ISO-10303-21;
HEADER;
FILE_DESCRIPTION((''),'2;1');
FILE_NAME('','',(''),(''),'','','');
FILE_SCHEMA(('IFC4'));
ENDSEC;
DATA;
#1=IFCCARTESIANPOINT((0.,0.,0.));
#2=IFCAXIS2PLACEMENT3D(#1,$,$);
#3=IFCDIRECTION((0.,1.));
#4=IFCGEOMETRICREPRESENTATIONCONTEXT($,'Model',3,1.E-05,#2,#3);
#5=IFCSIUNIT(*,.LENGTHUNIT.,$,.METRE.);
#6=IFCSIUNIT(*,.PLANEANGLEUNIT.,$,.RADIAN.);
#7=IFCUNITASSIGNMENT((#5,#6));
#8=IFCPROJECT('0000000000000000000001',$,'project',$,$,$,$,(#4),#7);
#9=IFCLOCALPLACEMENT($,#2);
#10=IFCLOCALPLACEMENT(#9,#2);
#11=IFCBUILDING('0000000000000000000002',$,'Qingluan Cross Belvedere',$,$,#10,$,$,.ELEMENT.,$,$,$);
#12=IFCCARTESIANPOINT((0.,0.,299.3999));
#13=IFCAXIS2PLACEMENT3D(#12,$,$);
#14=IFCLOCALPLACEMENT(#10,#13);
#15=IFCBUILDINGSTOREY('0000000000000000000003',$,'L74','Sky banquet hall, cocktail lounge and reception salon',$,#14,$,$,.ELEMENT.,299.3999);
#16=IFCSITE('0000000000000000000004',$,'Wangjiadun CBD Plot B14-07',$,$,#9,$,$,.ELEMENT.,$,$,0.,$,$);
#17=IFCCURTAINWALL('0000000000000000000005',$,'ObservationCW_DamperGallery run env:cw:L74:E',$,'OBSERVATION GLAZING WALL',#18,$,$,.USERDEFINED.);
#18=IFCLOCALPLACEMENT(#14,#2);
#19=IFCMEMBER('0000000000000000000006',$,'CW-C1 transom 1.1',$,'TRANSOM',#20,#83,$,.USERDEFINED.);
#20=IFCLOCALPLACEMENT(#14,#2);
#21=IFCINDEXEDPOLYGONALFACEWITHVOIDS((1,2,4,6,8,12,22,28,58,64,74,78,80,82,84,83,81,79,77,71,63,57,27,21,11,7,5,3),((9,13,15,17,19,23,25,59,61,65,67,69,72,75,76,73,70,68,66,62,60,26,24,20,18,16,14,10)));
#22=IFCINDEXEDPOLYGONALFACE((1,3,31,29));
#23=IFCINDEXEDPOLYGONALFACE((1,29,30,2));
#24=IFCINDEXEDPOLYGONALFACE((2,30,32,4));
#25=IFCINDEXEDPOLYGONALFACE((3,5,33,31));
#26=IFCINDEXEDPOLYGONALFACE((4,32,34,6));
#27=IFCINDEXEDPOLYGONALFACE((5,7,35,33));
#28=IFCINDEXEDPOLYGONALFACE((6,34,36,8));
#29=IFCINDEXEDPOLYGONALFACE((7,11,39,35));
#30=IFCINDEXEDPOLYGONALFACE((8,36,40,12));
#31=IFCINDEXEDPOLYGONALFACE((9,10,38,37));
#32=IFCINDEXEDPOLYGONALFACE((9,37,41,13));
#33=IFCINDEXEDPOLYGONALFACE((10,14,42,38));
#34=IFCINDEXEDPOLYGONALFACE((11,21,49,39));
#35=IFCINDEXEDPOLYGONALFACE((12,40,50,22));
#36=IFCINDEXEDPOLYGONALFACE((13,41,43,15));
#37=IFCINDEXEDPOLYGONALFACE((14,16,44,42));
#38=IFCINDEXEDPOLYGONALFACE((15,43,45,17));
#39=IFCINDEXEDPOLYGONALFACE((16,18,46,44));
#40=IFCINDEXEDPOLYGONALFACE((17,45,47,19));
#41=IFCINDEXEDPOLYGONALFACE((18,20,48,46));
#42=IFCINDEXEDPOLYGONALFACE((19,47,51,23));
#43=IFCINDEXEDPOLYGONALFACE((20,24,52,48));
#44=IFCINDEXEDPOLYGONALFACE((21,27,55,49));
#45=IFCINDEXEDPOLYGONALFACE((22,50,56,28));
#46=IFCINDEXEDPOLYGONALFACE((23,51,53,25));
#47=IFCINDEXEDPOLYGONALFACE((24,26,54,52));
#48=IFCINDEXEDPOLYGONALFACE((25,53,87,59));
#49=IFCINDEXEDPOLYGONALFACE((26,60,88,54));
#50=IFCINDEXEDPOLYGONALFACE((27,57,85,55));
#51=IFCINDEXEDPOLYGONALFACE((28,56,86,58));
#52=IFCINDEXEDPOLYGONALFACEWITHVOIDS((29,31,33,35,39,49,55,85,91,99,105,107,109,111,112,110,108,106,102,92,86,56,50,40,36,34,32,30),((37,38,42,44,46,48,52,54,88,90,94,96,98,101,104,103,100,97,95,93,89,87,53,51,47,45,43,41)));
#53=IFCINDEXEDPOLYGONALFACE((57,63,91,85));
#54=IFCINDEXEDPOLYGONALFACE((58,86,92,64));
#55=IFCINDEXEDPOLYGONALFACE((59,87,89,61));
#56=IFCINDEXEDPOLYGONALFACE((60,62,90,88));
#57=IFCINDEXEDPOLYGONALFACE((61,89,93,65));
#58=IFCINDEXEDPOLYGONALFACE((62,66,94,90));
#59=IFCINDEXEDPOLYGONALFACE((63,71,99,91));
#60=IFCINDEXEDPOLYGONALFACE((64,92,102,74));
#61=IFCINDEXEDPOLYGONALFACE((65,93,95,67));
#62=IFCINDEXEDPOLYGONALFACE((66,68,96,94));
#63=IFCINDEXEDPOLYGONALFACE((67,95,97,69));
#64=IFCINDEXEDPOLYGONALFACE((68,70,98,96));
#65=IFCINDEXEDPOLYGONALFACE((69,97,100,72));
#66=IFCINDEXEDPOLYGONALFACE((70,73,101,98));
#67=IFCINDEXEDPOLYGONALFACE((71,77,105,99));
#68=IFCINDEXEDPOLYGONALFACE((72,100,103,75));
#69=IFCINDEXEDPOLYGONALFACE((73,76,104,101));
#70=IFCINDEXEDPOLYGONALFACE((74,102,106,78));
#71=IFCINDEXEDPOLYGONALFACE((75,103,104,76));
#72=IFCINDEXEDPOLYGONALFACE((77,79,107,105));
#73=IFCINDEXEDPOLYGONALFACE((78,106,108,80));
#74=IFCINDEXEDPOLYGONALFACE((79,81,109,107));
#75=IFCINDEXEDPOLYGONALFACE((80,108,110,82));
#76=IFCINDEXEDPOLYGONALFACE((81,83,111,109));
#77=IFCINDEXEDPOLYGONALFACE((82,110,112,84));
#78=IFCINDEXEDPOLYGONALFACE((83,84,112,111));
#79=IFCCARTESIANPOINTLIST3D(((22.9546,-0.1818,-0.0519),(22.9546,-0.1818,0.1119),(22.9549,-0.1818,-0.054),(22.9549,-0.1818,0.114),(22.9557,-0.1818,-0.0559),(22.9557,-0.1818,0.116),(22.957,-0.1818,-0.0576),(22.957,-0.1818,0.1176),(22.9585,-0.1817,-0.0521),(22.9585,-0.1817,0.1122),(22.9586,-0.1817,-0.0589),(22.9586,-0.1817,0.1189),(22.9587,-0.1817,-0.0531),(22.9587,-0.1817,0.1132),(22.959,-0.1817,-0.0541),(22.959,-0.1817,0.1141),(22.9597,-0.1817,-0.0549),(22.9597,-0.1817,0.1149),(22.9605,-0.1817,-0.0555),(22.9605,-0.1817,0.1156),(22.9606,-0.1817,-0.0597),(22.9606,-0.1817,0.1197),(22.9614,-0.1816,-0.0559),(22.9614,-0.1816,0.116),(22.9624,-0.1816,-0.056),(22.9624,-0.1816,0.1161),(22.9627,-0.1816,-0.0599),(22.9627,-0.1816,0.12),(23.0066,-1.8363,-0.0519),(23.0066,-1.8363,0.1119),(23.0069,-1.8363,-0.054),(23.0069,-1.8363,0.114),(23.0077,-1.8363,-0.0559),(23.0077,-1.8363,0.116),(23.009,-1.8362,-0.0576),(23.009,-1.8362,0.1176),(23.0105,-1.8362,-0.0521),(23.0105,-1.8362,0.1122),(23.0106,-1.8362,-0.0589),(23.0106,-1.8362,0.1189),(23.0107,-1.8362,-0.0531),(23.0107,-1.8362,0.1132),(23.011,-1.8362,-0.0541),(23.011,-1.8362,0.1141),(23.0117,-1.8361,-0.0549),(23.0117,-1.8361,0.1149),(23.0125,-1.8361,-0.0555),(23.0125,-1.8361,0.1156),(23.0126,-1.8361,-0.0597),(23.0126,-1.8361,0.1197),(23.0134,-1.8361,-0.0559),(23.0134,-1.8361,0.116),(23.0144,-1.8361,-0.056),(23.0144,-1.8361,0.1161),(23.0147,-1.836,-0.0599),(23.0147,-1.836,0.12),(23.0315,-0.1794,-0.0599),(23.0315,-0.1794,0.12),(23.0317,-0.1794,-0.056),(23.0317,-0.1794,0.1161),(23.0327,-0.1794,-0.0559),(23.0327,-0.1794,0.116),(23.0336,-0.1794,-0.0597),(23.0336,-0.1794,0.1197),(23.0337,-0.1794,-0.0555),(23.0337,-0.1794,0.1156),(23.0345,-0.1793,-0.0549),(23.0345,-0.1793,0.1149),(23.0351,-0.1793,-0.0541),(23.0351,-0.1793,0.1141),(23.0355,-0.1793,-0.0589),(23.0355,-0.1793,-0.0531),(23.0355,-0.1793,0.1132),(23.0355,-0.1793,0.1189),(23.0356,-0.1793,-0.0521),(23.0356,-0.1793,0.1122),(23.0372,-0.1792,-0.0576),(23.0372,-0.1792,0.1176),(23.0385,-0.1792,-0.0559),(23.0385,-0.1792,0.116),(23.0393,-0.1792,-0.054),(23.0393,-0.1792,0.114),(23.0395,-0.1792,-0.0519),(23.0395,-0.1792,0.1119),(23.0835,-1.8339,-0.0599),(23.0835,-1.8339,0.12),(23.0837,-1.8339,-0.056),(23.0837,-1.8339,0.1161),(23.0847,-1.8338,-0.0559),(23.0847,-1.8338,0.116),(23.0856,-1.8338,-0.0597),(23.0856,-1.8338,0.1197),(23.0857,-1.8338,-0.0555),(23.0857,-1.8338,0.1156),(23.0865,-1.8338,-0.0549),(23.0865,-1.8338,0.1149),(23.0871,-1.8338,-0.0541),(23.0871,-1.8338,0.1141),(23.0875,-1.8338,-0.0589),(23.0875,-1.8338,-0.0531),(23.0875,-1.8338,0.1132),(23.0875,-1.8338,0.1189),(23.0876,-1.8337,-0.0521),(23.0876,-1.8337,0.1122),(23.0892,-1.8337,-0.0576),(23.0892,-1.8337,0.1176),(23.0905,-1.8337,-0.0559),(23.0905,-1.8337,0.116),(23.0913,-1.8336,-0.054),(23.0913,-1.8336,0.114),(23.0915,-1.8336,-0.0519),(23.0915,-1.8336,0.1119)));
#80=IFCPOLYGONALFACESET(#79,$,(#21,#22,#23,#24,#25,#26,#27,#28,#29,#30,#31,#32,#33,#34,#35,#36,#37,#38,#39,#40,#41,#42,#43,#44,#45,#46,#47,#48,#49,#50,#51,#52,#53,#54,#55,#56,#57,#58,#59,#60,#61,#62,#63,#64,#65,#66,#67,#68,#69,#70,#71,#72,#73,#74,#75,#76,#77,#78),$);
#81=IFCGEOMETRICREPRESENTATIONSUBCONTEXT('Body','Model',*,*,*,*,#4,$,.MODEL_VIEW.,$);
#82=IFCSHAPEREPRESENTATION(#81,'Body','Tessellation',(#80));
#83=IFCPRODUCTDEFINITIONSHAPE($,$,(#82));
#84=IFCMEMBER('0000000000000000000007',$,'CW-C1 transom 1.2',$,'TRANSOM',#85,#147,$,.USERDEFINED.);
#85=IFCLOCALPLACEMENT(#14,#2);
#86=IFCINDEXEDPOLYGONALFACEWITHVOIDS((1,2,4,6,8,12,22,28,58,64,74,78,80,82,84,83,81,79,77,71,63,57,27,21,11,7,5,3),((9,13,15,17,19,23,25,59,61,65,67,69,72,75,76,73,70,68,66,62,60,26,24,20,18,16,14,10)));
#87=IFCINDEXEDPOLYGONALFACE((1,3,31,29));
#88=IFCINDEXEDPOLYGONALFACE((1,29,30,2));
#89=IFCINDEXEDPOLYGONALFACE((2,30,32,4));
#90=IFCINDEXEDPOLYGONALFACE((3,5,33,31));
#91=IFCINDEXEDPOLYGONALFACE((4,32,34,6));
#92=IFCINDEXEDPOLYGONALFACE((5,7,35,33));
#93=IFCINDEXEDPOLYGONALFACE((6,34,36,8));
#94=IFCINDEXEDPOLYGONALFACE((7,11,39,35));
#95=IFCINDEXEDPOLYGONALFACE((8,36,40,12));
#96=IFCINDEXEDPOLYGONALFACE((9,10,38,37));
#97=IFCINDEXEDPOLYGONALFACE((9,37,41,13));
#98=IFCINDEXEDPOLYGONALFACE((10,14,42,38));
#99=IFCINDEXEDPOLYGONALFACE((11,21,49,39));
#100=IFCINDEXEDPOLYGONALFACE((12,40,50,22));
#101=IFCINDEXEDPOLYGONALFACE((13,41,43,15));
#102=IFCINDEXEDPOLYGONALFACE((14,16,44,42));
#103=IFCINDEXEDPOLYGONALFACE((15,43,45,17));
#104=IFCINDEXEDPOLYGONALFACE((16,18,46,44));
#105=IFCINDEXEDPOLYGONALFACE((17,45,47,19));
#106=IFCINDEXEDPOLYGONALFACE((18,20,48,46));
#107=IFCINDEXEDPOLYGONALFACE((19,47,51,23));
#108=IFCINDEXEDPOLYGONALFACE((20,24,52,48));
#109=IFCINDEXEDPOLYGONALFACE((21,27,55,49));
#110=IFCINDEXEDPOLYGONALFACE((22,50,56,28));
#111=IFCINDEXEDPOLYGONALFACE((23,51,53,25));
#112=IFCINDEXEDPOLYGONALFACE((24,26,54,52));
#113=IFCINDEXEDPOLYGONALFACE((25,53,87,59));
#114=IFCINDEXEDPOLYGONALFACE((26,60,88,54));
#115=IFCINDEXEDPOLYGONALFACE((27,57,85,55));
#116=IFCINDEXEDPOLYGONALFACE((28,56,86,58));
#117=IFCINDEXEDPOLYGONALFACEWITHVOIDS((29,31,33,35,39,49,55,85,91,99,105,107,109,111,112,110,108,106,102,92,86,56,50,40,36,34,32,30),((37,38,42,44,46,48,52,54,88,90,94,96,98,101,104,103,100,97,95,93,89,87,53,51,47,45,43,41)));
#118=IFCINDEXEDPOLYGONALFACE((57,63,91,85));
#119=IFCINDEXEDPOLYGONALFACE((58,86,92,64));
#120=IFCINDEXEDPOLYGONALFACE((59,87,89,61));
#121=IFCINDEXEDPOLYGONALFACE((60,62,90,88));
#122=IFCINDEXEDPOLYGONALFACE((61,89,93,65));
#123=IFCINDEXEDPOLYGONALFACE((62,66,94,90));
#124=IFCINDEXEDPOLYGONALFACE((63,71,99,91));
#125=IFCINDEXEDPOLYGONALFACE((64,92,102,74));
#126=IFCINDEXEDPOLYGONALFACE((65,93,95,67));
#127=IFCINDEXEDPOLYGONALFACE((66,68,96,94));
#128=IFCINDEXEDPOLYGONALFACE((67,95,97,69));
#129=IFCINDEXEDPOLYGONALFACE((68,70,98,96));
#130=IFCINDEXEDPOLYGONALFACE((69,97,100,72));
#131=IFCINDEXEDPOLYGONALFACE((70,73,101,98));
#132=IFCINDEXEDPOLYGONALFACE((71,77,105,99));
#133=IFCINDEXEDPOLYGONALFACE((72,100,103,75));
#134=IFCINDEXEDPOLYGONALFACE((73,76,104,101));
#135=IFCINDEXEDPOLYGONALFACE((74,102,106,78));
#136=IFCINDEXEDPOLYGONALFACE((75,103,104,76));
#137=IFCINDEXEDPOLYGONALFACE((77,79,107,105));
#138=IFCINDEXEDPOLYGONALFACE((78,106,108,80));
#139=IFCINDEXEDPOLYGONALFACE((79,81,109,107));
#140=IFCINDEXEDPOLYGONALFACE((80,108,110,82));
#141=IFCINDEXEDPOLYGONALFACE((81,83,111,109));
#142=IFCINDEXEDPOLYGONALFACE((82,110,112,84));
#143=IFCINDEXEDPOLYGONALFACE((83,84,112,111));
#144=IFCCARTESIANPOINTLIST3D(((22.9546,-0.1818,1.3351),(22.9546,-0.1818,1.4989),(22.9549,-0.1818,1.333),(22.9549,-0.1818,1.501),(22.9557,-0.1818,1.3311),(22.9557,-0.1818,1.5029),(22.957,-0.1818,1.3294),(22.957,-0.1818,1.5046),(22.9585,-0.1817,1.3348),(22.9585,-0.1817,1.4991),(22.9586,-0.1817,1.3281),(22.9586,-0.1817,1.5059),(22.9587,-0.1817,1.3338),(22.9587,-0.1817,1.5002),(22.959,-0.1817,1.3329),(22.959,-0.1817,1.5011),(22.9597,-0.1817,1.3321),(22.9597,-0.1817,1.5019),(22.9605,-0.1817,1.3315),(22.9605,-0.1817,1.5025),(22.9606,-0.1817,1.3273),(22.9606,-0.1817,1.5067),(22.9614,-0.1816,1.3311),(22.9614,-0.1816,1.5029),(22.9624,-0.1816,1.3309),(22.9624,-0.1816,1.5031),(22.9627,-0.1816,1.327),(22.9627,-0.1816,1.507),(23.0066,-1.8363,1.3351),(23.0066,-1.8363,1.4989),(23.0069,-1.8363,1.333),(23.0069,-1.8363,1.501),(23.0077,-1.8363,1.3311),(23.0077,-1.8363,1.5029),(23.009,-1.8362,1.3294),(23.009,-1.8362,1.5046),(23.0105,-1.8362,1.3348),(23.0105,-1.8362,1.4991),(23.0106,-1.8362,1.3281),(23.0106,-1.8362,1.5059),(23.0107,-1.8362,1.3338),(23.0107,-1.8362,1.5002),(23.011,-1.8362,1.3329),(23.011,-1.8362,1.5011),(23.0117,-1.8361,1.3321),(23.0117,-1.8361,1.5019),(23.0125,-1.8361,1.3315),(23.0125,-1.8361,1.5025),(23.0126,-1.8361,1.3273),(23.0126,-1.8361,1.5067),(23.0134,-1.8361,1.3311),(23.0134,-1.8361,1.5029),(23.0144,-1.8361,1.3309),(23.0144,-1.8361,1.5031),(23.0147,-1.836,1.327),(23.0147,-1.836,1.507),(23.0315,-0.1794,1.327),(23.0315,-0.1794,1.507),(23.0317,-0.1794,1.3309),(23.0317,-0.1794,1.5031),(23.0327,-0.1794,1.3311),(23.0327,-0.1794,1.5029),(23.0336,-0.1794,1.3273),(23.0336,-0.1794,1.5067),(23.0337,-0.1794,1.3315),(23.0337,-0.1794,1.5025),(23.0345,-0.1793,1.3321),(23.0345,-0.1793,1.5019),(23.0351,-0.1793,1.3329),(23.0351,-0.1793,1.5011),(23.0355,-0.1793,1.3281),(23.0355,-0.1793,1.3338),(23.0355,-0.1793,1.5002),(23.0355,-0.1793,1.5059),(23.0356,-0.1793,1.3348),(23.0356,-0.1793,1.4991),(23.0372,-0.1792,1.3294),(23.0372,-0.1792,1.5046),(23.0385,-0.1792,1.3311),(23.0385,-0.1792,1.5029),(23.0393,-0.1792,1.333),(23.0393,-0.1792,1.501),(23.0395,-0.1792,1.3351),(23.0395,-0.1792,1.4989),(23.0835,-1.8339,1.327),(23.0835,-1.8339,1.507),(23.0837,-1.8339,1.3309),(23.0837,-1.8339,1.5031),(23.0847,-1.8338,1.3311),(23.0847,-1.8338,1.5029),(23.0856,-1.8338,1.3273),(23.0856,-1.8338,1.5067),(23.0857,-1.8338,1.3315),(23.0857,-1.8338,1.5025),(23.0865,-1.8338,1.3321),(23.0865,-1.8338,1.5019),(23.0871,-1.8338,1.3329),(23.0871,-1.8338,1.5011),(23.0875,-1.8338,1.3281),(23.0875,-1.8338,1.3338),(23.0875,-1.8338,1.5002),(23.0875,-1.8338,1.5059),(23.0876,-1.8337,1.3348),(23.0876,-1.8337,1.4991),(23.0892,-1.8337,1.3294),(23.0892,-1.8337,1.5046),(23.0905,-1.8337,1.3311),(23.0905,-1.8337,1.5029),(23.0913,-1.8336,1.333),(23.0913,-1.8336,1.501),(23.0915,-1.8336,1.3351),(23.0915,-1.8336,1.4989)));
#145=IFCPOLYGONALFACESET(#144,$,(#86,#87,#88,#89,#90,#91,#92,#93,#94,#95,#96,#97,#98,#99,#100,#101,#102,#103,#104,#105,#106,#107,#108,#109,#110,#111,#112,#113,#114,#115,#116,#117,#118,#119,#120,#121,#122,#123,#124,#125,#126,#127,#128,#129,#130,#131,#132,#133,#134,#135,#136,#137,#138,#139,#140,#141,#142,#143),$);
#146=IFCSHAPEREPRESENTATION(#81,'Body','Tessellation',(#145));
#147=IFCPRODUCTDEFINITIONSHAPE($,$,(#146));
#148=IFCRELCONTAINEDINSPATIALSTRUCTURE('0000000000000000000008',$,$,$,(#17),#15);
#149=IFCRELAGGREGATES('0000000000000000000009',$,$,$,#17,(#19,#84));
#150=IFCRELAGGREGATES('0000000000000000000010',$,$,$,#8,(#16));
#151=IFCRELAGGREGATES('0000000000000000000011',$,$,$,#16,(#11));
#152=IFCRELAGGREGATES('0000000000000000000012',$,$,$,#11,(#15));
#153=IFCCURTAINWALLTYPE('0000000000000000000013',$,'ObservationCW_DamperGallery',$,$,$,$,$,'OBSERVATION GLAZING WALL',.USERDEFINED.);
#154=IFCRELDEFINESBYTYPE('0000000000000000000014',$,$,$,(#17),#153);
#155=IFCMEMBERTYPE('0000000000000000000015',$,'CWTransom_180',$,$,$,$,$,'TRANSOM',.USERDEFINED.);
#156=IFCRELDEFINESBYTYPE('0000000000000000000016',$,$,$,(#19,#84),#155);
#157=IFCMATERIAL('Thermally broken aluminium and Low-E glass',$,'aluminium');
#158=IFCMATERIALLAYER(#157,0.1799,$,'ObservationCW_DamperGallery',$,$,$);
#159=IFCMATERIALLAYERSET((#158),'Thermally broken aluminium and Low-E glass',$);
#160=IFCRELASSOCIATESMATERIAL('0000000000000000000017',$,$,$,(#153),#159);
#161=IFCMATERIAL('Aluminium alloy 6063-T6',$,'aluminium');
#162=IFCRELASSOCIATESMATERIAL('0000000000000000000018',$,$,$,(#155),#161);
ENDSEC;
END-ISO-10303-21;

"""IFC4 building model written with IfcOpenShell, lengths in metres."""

from ifc_helpers import new_model, si_unit, direction, frame, origin, origin_2d, place, context, subcontext, project, spatial, hollow_rectangle, extrude, material, layer, layer_set, material_profile, profile_set, type_object, element, aggregate, save


model = new_model("IFC4")

# Units and contexts
model_context = context("Model", 3, precision=1e-05, world=origin(), true_north=direction((0.0, 1.0)))
body_context = subcontext(model_context, "Body", "Model", "MODEL_VIEW")
ifc_project = project(units=[si_unit("LENGTHUNIT", "METRE"), si_unit("PLANEANGLEUNIT", "RADIAN")], contexts=[model_context])

# Site, building, storey
site_placement = place(None, origin())
site = spatial("IfcSite", under=ifc_project, at=site_placement, Name="Wangjiadun CBD Plot B14-07", CompositionType="ELEMENT", RefElevation=0.0)
building_placement = place(site_placement, origin())
building = spatial("IfcBuilding", under=site, at=building_placement, Name="Qingluan Cross Belvedere", CompositionType="ELEMENT")
storey_placement = place(building_placement, frame((0.0, 0.0, 299.3999)))
storey = spatial("IfcBuildingStorey", under=building, at=storey_placement, Name="L74", Description="Sky banquet hall, cocktail lounge and reception salon", CompositionType="ELEMENT", Elevation=299.3999)

# Curtain wall, members
ifc_material_1 = material(Name="Thermally broken aluminium and Low-E glass", Category="aluminium")
ifc_layer_1 = layer(ifc_material_1, 0.1799, Name="ObservationCW_DamperGallery")
ifc_layer_set_1 = layer_set([ifc_layer_1], Name="Thermally broken aluminium and Low-E glass")
curtain_wall_type = type_object("IfcCurtainWallType", Name="ObservationCW_DamperGallery", ElementType="OBSERVATION GLAZING WALL", PredefinedType="USERDEFINED", material=ifc_layer_set_1)
curtain_wall_placement = place(storey_placement, origin())
curtain_wall = element("IfcCurtainWall", 1, at=curtain_wall_placement, inside=storey, type_object=curtain_wall_type, Name="ObservationCW_DamperGallery run env:cw:L74:E", ObjectType="OBSERVATION GLAZING WALL", PredefinedType="USERDEFINED")
ifc_material_2 = material(Name="Aluminium alloy 6063-T6", Category="aluminium")
ifc_material_profile_1 = material_profile(ifc_material_2, hollow_rectangle(XDim=0.085, YDim=0.1799, WallThickness=0.0039, InnerFilletRadius=0.0039, OuterFilletRadius=0.0081, at=origin_2d()), Name="CWT180x85x4")
ifc_profile_set_1 = profile_set([ifc_material_profile_1], Name="Aluminium alloy 6063-T6")
member_type_1 = type_object("IfcMemberType", Name="CWTransom_180", ElementType="TRANSOM", PredefinedType="USERDEFINED", material=ifc_profile_set_1)
member_1_placement = place(storey_placement, frame((23.0491, -1.835, 0.03), z_axis=(-0.031414, 0.999506, 0.0), x_axis=(-0.999506, -0.031414, 0.0)))
member_1 = element("IfcMember", 2, at=member_1_placement, type_object=member_type_1, Name="CW-C1 transom 1.1", ObjectType="TRANSOM", PredefinedType="USERDEFINED", context=body_context, shape_type="SweptSolid", body=[
    extrude(hollow_rectangle(XDim=0.085, YDim=0.1799, WallThickness=0.0039, InnerFilletRadius=0.0039, OuterFilletRadius=0.0081, at=origin_2d()), origin(), (0.0, 0.0, 1.0), 1.6553),
])
member_2_placement = place(storey_placement, frame((23.0491, -1.835, 1.417), z_axis=(-0.031414, 0.999506, 0.0), x_axis=(-0.999506, -0.031414, 0.0)))
member_2 = element("IfcMember", 3, at=member_2_placement, type_object=member_type_1, Name="CW-C1 transom 1.2", ObjectType="TRANSOM", PredefinedType="USERDEFINED", context=body_context, shape_type="SweptSolid", body=[
    extrude(hollow_rectangle(XDim=0.085, YDim=0.1799, WallThickness=0.0039, InnerFilletRadius=0.0039, OuterFilletRadius=0.0081, at=origin_2d()), origin(), (0.0, 0.0, 1.0), 1.6553),
])

aggregate(curtain_wall, [member_1, member_2])

save(model, "model.ifc")
